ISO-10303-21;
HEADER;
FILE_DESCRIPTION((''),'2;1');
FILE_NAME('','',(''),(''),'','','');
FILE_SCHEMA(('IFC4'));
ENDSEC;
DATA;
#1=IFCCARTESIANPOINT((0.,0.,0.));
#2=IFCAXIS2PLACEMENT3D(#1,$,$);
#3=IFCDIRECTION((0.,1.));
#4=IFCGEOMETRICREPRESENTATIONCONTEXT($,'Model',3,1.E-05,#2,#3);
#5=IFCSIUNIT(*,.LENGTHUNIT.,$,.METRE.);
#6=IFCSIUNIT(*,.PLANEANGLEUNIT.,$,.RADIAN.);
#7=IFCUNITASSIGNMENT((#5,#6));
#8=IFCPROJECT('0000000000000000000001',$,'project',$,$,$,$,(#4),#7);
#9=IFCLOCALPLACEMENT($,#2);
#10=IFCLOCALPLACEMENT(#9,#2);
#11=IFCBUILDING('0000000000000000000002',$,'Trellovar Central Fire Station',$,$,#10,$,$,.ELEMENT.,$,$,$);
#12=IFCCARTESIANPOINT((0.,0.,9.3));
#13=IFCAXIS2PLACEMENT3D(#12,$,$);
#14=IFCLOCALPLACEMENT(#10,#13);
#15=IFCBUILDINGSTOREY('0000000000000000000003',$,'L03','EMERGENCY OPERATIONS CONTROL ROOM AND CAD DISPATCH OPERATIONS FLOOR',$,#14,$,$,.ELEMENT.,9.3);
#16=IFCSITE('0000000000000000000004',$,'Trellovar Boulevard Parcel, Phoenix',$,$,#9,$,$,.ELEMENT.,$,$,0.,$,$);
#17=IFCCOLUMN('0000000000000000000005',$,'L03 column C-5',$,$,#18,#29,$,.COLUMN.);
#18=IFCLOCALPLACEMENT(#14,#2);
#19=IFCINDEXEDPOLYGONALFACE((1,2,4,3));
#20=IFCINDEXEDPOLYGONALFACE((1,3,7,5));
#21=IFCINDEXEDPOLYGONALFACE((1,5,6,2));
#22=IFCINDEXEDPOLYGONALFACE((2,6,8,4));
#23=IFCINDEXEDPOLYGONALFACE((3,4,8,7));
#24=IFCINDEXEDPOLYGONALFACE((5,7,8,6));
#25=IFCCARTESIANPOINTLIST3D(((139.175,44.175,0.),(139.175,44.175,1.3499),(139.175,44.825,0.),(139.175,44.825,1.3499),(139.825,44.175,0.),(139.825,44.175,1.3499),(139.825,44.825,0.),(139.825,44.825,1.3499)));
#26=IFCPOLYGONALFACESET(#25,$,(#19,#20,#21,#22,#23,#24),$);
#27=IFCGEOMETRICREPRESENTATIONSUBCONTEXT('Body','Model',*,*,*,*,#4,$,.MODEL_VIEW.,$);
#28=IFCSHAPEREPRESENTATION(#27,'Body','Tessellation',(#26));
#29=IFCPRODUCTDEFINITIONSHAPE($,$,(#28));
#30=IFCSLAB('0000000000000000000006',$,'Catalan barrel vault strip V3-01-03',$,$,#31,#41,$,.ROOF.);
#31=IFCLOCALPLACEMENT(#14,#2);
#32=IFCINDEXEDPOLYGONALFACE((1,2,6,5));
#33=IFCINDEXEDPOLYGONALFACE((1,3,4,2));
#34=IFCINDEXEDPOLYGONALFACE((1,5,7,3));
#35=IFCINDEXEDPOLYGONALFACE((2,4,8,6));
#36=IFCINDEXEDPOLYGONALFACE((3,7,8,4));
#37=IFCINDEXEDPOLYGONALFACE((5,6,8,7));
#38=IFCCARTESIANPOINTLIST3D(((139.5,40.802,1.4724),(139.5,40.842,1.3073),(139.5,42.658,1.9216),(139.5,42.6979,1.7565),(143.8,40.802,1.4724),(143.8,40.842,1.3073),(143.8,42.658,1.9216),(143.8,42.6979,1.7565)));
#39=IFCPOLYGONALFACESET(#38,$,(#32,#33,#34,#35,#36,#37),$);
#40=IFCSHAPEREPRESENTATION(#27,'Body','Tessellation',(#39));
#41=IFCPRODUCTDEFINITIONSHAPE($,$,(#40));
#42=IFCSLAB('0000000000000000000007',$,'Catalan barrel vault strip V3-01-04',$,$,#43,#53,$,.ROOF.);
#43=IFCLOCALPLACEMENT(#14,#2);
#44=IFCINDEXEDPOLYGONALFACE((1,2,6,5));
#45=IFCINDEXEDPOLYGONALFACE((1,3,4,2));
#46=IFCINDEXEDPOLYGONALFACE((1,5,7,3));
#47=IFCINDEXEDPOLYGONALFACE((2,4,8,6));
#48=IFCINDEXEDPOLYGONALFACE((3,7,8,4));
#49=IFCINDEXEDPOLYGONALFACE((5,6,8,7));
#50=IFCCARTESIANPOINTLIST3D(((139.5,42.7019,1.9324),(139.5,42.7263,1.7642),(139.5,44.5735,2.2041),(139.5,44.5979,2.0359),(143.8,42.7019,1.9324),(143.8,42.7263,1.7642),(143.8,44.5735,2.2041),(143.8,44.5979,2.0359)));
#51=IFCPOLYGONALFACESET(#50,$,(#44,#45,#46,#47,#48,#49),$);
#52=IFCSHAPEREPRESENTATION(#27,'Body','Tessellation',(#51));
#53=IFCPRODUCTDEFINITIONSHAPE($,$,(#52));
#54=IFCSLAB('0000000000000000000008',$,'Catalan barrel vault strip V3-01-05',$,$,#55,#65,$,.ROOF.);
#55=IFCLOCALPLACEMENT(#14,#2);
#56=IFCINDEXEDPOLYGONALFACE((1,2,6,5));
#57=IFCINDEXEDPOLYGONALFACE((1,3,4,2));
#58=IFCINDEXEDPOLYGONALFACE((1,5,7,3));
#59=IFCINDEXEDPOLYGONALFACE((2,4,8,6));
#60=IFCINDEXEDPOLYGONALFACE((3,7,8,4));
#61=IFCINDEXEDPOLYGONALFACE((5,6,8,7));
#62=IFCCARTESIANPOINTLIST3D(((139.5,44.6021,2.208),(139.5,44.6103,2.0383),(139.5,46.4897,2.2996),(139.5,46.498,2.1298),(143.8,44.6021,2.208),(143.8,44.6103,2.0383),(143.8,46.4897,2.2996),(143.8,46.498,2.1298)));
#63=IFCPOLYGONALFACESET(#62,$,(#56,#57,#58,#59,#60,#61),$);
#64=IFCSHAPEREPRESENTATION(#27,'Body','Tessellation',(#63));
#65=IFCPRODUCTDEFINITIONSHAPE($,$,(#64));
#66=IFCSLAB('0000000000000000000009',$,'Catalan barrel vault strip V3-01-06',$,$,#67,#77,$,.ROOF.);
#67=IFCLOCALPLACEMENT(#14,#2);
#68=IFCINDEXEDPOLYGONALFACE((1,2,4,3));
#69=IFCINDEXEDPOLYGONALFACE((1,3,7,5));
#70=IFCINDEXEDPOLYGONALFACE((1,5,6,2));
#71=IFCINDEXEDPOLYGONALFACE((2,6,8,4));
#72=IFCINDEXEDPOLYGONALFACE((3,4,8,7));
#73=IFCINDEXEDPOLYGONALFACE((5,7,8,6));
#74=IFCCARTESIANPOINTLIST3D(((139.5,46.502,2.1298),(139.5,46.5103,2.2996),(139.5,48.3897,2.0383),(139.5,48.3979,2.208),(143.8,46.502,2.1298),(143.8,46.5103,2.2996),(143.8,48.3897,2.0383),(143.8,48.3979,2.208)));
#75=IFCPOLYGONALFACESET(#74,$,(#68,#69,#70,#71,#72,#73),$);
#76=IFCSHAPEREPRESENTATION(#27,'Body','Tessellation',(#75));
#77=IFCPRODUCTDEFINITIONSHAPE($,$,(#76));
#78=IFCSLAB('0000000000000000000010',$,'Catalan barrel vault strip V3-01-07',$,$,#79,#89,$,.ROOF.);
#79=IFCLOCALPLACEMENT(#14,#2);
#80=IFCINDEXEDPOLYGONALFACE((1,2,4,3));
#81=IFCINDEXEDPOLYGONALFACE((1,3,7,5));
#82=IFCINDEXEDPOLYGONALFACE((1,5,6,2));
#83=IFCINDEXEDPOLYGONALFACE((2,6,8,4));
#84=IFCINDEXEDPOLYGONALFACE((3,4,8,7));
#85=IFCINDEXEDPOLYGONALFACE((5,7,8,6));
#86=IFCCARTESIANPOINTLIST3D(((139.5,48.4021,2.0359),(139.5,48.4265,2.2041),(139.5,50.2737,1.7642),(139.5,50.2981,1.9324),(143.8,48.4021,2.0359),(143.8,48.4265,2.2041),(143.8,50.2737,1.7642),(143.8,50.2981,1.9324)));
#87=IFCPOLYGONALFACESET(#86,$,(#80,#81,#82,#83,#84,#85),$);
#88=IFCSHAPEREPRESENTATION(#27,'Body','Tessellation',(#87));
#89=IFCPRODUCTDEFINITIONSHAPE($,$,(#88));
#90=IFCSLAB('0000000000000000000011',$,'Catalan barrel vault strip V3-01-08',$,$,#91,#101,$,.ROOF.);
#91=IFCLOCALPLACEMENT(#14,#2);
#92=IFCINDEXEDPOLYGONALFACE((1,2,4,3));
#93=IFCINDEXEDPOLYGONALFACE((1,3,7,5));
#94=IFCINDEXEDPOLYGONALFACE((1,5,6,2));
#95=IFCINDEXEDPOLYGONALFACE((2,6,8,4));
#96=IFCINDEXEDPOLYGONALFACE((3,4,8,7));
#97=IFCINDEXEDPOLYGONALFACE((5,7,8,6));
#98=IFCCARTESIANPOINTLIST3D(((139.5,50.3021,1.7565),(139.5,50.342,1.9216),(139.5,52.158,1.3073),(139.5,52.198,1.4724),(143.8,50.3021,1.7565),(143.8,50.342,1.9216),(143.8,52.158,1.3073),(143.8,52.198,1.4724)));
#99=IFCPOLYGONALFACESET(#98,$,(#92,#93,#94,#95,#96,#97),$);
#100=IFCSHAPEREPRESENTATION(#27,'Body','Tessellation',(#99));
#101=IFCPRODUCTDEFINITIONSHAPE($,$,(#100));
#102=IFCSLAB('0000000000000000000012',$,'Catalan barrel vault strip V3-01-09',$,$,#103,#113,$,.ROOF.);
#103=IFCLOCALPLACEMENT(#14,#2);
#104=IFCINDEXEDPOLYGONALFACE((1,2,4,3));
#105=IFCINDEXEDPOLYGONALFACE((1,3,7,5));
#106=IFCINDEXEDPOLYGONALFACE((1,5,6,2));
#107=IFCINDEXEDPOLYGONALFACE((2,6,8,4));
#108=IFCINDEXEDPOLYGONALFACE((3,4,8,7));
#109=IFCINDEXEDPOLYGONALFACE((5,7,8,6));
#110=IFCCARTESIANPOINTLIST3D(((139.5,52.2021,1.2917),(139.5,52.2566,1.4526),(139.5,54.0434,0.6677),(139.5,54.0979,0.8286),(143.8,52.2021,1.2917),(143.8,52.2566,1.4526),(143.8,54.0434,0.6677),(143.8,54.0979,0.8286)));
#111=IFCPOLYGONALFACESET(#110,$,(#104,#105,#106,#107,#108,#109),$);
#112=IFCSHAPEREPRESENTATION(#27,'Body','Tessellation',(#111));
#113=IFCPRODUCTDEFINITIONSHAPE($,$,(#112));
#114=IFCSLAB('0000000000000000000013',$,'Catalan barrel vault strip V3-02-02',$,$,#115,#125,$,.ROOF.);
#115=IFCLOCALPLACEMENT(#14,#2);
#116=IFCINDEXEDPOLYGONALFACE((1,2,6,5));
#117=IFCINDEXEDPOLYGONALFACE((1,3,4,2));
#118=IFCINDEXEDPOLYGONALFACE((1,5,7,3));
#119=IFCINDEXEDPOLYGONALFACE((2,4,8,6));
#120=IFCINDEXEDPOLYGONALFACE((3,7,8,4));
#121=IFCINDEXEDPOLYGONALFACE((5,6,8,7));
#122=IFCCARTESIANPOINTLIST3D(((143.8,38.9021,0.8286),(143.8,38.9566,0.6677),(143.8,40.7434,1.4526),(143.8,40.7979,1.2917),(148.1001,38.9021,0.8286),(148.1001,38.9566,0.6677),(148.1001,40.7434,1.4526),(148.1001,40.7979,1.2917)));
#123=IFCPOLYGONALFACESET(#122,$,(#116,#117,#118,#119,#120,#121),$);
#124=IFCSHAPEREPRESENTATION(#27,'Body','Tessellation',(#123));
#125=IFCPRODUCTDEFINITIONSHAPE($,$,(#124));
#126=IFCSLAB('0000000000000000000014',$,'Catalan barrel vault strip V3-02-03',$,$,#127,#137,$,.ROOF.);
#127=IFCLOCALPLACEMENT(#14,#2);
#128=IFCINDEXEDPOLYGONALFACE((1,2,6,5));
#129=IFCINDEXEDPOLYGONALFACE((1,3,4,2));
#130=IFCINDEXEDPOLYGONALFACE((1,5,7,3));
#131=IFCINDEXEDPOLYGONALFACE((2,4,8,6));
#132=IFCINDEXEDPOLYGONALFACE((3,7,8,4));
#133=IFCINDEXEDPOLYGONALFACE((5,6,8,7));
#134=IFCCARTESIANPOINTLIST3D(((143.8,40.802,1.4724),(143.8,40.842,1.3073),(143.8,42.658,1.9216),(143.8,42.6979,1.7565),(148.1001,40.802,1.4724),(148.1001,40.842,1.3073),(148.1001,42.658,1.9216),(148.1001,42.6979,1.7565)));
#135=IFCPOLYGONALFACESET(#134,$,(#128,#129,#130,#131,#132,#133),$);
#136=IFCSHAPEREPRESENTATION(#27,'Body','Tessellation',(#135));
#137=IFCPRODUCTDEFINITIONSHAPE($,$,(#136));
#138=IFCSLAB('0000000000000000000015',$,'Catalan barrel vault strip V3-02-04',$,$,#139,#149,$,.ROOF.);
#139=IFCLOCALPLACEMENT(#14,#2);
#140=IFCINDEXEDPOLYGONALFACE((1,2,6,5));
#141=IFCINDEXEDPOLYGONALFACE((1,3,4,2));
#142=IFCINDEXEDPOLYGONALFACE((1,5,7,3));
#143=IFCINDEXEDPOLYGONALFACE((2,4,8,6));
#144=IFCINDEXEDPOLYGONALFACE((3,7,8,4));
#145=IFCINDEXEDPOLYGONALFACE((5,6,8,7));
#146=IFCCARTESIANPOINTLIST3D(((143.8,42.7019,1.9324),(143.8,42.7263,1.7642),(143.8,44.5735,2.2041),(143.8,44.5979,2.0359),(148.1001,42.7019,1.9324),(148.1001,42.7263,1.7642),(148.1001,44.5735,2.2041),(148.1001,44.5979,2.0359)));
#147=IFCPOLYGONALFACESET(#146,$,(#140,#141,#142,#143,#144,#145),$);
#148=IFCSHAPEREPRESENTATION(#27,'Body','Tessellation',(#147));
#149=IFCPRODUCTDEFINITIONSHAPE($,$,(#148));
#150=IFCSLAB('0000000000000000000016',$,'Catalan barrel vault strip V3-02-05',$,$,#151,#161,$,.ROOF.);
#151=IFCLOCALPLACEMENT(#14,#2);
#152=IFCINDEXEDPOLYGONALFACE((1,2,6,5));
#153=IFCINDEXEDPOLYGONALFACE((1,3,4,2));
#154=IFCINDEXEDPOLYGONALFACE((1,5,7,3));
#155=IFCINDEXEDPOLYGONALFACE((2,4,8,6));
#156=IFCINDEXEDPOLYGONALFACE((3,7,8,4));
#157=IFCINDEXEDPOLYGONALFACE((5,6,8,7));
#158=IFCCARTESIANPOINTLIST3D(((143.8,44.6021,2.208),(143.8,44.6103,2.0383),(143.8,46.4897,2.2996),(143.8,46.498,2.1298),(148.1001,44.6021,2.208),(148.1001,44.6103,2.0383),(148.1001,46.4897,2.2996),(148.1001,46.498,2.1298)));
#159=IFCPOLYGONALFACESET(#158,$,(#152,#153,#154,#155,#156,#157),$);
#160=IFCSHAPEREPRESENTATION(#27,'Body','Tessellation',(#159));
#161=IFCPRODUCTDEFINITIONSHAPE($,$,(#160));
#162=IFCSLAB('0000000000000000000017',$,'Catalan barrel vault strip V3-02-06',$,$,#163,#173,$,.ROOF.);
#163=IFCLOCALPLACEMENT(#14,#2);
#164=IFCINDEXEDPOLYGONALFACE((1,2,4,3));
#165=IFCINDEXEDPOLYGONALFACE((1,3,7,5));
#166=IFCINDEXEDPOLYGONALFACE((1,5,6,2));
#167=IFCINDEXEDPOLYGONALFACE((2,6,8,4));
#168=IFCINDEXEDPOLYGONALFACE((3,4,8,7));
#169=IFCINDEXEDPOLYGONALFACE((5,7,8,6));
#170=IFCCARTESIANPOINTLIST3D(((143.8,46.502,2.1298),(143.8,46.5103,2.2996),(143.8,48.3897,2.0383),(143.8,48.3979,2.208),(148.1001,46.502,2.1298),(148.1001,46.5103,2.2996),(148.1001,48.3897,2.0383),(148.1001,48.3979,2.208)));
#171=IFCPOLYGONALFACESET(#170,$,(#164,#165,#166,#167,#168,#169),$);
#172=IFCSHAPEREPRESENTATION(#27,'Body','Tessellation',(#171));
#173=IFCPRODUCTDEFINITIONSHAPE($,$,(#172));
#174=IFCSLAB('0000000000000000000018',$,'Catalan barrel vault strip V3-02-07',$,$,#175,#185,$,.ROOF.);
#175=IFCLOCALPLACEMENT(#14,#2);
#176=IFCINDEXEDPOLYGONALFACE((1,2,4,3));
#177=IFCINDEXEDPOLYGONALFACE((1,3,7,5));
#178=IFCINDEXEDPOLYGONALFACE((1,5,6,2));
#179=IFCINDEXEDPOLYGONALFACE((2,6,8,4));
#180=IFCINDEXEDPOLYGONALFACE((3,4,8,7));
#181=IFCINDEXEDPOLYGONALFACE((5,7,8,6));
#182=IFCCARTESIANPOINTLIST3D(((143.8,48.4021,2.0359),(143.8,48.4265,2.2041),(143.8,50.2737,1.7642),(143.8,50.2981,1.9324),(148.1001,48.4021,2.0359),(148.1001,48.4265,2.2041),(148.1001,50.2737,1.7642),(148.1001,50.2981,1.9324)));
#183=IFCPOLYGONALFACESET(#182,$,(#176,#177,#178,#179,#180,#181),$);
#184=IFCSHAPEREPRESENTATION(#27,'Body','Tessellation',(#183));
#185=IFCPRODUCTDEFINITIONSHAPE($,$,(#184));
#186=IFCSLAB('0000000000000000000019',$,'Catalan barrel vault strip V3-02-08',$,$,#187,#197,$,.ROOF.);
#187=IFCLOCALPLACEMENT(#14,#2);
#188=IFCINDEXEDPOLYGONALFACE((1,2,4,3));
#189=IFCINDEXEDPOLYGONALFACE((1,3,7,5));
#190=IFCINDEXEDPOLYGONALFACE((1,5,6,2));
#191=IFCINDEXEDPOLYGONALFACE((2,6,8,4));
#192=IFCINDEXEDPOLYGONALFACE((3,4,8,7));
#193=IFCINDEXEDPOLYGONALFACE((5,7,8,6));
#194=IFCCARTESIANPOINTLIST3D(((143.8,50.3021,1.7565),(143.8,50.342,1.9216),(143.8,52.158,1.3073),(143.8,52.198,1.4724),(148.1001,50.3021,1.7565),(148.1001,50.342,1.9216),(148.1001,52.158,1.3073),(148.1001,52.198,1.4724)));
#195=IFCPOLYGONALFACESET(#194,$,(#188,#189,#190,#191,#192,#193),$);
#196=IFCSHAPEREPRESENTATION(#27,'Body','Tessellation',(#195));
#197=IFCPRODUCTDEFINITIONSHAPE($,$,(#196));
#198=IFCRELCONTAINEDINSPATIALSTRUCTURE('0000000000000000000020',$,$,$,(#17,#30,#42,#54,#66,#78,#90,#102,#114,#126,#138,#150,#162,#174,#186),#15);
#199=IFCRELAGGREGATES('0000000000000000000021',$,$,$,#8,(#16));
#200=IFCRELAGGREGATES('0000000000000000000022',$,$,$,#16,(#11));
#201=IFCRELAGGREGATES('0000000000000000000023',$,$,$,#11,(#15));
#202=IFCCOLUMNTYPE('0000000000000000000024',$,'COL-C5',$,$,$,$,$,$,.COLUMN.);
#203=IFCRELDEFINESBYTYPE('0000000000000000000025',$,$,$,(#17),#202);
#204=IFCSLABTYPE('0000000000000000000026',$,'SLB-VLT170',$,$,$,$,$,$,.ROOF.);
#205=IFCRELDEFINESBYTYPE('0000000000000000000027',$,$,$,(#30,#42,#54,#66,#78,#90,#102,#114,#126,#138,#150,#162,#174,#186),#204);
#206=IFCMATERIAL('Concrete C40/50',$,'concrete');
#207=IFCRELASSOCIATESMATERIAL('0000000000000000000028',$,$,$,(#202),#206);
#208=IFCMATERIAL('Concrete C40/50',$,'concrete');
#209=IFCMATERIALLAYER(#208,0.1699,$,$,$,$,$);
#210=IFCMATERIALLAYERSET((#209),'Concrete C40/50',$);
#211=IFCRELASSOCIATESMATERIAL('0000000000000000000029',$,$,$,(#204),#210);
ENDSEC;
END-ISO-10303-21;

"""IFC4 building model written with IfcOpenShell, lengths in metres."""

from ifc_helpers import new_model, si_unit, direction, frame, origin, origin_2d, place, context, subcontext, project, spatial, polyline, rectangle, outline, extrude, material, layer, layer_set, material_profile, profile_set, type_object, element, save


model = new_model("IFC4")

# Units and contexts
model_context = context("Model", 3, precision=1e-05, world=origin(), true_north=direction((0.0, 1.0)))
body_context = subcontext(model_context, "Body", "Model", "MODEL_VIEW")
ifc_project = project(units=[si_unit("LENGTHUNIT", "METRE"), si_unit("PLANEANGLEUNIT", "RADIAN")], contexts=[model_context])

# Site, building, storey
site_placement = place(None, origin())
site = spatial("IfcSite", under=ifc_project, at=site_placement, Name="Trellovar Boulevard Parcel, Phoenix", CompositionType="ELEMENT", RefElevation=0.0)
building_placement = place(site_placement, origin())
building = spatial("IfcBuilding", under=site, at=building_placement, Name="Trellovar Central Fire Station", CompositionType="ELEMENT")
storey_placement = place(building_placement, frame((0.0, 0.0, 9.3)))
storey = spatial("IfcBuildingStorey", under=building, at=storey_placement, Name="L03", Description="EMERGENCY OPERATIONS CONTROL ROOM AND CAD DISPATCH OPERATIONS FLOOR", CompositionType="ELEMENT", Elevation=9.3)

# Column
ifc_material_1 = material(Name="Concrete C40/50", Category="concrete")
ifc_material_profile = material_profile(ifc_material_1, rectangle(XDim=0.6499, YDim=0.6499, at=origin_2d()), Name="RC650X650")
ifc_profile_set = profile_set([ifc_material_profile], Name="Concrete C40/50")
column_type = type_object("IfcColumnType", Name="COL-C5", PredefinedType="COLUMN", material=ifc_profile_set)
column_placement = place(storey_placement, frame((139.5, 44.5, 0.0), z_axis=(0.0, 0.0, 1.0), x_axis=(1.0, 0.0, 0.0)))
element("IfcColumn", 1, at=column_placement, inside=storey, type_object=column_type, Name="L03 column C-5", PredefinedType="COLUMN", context=body_context, shape_type="SweptSolid", body=[
    extrude(rectangle(XDim=0.6499, YDim=0.6499, at=origin_2d()), origin(), (0.0, 0.0, 1.0), 1.3499),
])

# Slabs
ifc_material_2 = material(Name="Concrete C40/50", Category="concrete")
ifc_layer_1 = layer(ifc_material_2, 0.1699)
ifc_layer_set_1 = layer_set([ifc_layer_1], Name="Concrete C40/50")
slab_type = type_object("IfcSlabType", Name="SLB-VLT170", PredefinedType="ROOF", material=ifc_layer_set_1)
slab_1_placement = place(storey_placement, frame((139.5, 40.802, 1.4724), z_axis=(0.0, -0.235249, 0.971935), x_axis=(1.0, 0.0, 0.0)))
element("IfcSlab", 2, at=slab_1_placement, inside=storey, type_object=slab_type, Name="Catalan barrel vault strip V3-01-03", PredefinedType="ROOF", context=body_context, shape_type="SweptSolid", body=[
    extrude(outline(polyline([(0.0, 0.0), (4.3, 0.0), (4.3, 1.9095), (0.0, 1.9095), (0.0, 0.0)])), origin(), (0.0, 0.0, -1.0), 0.1699),
])
slab_2_placement = place(storey_placement, frame((139.5, 42.7019, 1.9324), z_axis=(0.0, -0.14368, 0.989624), x_axis=(1.0, 0.0, 0.0)))
element("IfcSlab", 3, at=slab_2_placement, inside=storey, type_object=slab_type, Name="Catalan barrel vault strip V3-01-04", PredefinedType="ROOF", context=body_context, shape_type="SweptSolid", body=[
    extrude(outline(polyline([(0.0, 0.0), (4.3, 0.0), (4.3, 1.8912), (0.0, 1.8912), (0.0, 0.0)])), origin(), (0.0, 0.0, -1.0), 0.1699),
])
for number, where, z_axis, x_axis, name in (
    (4, (139.5, 44.6021, 2.208), (0.0, -0.048443, 0.998826), (1.0, 0.0, 0.0), "Catalan barrel vault strip V3-01-05"),
    (5, (139.5, 46.5103, 2.2996), (0.0, 0.048443, 0.998826), (1.0, 0.0, 0.0), "Catalan barrel vault strip V3-01-06"),
):
    element("IfcSlab", number, at=place(storey_placement, frame(where, z_axis=z_axis, x_axis=x_axis)), inside=storey, type_object=slab_type, Name=name, PredefinedType="ROOF", context=body_context, shape_type="SweptSolid", body=[
        extrude(outline(polyline([(0.0, 0.0), (4.3, 0.0), (4.3, 1.8899), (0.0, 1.8899), (0.0, 0.0)])), origin(), (0.0, 0.0, -1.0), 0.1699),
    ])
slab_3_placement = place(storey_placement, frame((139.5, 48.4265, 2.2041), z_axis=(0.0, 0.14368, 0.989624), x_axis=(1.0, 0.0, 0.0)))
element("IfcSlab", 6, at=slab_3_placement, inside=storey, type_object=slab_type, Name="Catalan barrel vault strip V3-01-07", PredefinedType="ROOF", context=body_context, shape_type="SweptSolid", body=[
    extrude(outline(polyline([(0.0, 0.0), (4.3, 0.0), (4.3, 1.8912), (0.0, 1.8912), (0.0, 0.0)])), origin(), (0.0, 0.0, -1.0), 0.1699),
])
slab_4_placement = place(storey_placement, frame((139.5, 50.342, 1.9216), z_axis=(0.0, 0.235249, 0.971935), x_axis=(1.0, 0.0, 0.0)))
element("IfcSlab", 7, at=slab_4_placement, inside=storey, type_object=slab_type, Name="Catalan barrel vault strip V3-01-08", PredefinedType="ROOF", context=body_context, shape_type="SweptSolid", body=[
    extrude(outline(polyline([(0.0, 0.0), (4.3, 0.0), (4.3, 1.9095), (0.0, 1.9095), (0.0, 0.0)])), origin(), (0.0, 0.0, -1.0), 0.1699),
])
for number, where, z_axis, x_axis, name in (
    (8, (139.5, 52.2566, 1.4526), (0.0, 0.320971, 0.947089), (1.0, 0.0, 0.0), "Catalan barrel vault strip V3-01-09"),
    (9, (143.8, 38.9021, 0.8286), (0.0, -0.320971, 0.947089), (1.0, 0.0, 0.0), "Catalan barrel vault strip V3-02-02"),
):
    element("IfcSlab", number, at=place(storey_placement, frame(where, z_axis=z_axis, x_axis=x_axis)), inside=storey, type_object=slab_type, Name=name, PredefinedType="ROOF", context=body_context, shape_type="SweptSolid", body=[
        extrude(outline(polyline([(0.0, 0.0), (4.3, 0.0), (4.3, 1.9442), (0.0, 1.9442), (0.0, 0.0)])), origin(), (0.0, 0.0, -1.0), 0.1699),
    ])
slab_5_placement = place(storey_placement, frame((143.8, 40.802, 1.4724), z_axis=(0.0, -0.235249, 0.971935), x_axis=(1.0, 0.0, 0.0)))
element("IfcSlab", 10, at=slab_5_placement, inside=storey, type_object=slab_type, Name="Catalan barrel vault strip V3-02-03", PredefinedType="ROOF", context=body_context, shape_type="SweptSolid", body=[
    extrude(outline(polyline([(0.0, 0.0), (4.3, 0.0), (4.3, 1.9095), (0.0, 1.9095), (0.0, 0.0)])), origin(), (0.0, 0.0, -1.0), 0.1699),
])
slab_6_placement = place(storey_placement, frame((143.8, 42.7019, 1.9324), z_axis=(0.0, -0.14368, 0.989624), x_axis=(1.0, 0.0, 0.0)))
element("IfcSlab", 11, at=slab_6_placement, inside=storey, type_object=slab_type, Name="Catalan barrel vault strip V3-02-04", PredefinedType="ROOF", context=body_context, shape_type="SweptSolid", body=[
    extrude(outline(polyline([(0.0, 0.0), (4.3, 0.0), (4.3, 1.8912), (0.0, 1.8912), (0.0, 0.0)])), origin(), (0.0, 0.0, -1.0), 0.1699),
])
for number, where, z_axis, x_axis, name in (
    (12, (143.8, 44.6021, 2.208), (0.0, -0.048443, 0.998826), (1.0, 0.0, 0.0), "Catalan barrel vault strip V3-02-05"),
    (13, (143.8, 46.5103, 2.2996), (0.0, 0.048443, 0.998826), (1.0, 0.0, 0.0), "Catalan barrel vault strip V3-02-06"),
):
    element("IfcSlab", number, at=place(storey_placement, frame(where, z_axis=z_axis, x_axis=x_axis)), inside=storey, type_object=slab_type, Name=name, PredefinedType="ROOF", context=body_context, shape_type="SweptSolid", body=[
        extrude(outline(polyline([(0.0, 0.0), (4.3, 0.0), (4.3, 1.8899), (0.0, 1.8899), (0.0, 0.0)])), origin(), (0.0, 0.0, -1.0), 0.1699),
    ])
slab_7_placement = place(storey_placement, frame((143.8, 48.4265, 2.2041), z_axis=(0.0, 0.14368, 0.989624), x_axis=(1.0, 0.0, 0.0)))
element("IfcSlab", 14, at=slab_7_placement, inside=storey, type_object=slab_type, Name="Catalan barrel vault strip V3-02-07", PredefinedType="ROOF", context=body_context, shape_type="SweptSolid", body=[
    extrude(outline(polyline([(0.0, 0.0), (4.3, 0.0), (4.3, 1.8912), (0.0, 1.8912), (0.0, 0.0)])), origin(), (0.0, 0.0, -1.0), 0.1699),
])
slab_8_placement = place(storey_placement, frame((143.8, 50.342, 1.9216), z_axis=(0.0, 0.235249, 0.971935), x_axis=(1.0, 0.0, 0.0)))
element("IfcSlab", 15, at=slab_8_placement, inside=storey, type_object=slab_type, Name="Catalan barrel vault strip V3-02-08", PredefinedType="ROOF", context=body_context, shape_type="SweptSolid", body=[
    extrude(outline(polyline([(0.0, 0.0), (4.3, 0.0), (4.3, 1.9095), (0.0, 1.9095), (0.0, 0.0)])), origin(), (0.0, 0.0, -1.0), 0.1699),
])

save(model, "model.ifc")
